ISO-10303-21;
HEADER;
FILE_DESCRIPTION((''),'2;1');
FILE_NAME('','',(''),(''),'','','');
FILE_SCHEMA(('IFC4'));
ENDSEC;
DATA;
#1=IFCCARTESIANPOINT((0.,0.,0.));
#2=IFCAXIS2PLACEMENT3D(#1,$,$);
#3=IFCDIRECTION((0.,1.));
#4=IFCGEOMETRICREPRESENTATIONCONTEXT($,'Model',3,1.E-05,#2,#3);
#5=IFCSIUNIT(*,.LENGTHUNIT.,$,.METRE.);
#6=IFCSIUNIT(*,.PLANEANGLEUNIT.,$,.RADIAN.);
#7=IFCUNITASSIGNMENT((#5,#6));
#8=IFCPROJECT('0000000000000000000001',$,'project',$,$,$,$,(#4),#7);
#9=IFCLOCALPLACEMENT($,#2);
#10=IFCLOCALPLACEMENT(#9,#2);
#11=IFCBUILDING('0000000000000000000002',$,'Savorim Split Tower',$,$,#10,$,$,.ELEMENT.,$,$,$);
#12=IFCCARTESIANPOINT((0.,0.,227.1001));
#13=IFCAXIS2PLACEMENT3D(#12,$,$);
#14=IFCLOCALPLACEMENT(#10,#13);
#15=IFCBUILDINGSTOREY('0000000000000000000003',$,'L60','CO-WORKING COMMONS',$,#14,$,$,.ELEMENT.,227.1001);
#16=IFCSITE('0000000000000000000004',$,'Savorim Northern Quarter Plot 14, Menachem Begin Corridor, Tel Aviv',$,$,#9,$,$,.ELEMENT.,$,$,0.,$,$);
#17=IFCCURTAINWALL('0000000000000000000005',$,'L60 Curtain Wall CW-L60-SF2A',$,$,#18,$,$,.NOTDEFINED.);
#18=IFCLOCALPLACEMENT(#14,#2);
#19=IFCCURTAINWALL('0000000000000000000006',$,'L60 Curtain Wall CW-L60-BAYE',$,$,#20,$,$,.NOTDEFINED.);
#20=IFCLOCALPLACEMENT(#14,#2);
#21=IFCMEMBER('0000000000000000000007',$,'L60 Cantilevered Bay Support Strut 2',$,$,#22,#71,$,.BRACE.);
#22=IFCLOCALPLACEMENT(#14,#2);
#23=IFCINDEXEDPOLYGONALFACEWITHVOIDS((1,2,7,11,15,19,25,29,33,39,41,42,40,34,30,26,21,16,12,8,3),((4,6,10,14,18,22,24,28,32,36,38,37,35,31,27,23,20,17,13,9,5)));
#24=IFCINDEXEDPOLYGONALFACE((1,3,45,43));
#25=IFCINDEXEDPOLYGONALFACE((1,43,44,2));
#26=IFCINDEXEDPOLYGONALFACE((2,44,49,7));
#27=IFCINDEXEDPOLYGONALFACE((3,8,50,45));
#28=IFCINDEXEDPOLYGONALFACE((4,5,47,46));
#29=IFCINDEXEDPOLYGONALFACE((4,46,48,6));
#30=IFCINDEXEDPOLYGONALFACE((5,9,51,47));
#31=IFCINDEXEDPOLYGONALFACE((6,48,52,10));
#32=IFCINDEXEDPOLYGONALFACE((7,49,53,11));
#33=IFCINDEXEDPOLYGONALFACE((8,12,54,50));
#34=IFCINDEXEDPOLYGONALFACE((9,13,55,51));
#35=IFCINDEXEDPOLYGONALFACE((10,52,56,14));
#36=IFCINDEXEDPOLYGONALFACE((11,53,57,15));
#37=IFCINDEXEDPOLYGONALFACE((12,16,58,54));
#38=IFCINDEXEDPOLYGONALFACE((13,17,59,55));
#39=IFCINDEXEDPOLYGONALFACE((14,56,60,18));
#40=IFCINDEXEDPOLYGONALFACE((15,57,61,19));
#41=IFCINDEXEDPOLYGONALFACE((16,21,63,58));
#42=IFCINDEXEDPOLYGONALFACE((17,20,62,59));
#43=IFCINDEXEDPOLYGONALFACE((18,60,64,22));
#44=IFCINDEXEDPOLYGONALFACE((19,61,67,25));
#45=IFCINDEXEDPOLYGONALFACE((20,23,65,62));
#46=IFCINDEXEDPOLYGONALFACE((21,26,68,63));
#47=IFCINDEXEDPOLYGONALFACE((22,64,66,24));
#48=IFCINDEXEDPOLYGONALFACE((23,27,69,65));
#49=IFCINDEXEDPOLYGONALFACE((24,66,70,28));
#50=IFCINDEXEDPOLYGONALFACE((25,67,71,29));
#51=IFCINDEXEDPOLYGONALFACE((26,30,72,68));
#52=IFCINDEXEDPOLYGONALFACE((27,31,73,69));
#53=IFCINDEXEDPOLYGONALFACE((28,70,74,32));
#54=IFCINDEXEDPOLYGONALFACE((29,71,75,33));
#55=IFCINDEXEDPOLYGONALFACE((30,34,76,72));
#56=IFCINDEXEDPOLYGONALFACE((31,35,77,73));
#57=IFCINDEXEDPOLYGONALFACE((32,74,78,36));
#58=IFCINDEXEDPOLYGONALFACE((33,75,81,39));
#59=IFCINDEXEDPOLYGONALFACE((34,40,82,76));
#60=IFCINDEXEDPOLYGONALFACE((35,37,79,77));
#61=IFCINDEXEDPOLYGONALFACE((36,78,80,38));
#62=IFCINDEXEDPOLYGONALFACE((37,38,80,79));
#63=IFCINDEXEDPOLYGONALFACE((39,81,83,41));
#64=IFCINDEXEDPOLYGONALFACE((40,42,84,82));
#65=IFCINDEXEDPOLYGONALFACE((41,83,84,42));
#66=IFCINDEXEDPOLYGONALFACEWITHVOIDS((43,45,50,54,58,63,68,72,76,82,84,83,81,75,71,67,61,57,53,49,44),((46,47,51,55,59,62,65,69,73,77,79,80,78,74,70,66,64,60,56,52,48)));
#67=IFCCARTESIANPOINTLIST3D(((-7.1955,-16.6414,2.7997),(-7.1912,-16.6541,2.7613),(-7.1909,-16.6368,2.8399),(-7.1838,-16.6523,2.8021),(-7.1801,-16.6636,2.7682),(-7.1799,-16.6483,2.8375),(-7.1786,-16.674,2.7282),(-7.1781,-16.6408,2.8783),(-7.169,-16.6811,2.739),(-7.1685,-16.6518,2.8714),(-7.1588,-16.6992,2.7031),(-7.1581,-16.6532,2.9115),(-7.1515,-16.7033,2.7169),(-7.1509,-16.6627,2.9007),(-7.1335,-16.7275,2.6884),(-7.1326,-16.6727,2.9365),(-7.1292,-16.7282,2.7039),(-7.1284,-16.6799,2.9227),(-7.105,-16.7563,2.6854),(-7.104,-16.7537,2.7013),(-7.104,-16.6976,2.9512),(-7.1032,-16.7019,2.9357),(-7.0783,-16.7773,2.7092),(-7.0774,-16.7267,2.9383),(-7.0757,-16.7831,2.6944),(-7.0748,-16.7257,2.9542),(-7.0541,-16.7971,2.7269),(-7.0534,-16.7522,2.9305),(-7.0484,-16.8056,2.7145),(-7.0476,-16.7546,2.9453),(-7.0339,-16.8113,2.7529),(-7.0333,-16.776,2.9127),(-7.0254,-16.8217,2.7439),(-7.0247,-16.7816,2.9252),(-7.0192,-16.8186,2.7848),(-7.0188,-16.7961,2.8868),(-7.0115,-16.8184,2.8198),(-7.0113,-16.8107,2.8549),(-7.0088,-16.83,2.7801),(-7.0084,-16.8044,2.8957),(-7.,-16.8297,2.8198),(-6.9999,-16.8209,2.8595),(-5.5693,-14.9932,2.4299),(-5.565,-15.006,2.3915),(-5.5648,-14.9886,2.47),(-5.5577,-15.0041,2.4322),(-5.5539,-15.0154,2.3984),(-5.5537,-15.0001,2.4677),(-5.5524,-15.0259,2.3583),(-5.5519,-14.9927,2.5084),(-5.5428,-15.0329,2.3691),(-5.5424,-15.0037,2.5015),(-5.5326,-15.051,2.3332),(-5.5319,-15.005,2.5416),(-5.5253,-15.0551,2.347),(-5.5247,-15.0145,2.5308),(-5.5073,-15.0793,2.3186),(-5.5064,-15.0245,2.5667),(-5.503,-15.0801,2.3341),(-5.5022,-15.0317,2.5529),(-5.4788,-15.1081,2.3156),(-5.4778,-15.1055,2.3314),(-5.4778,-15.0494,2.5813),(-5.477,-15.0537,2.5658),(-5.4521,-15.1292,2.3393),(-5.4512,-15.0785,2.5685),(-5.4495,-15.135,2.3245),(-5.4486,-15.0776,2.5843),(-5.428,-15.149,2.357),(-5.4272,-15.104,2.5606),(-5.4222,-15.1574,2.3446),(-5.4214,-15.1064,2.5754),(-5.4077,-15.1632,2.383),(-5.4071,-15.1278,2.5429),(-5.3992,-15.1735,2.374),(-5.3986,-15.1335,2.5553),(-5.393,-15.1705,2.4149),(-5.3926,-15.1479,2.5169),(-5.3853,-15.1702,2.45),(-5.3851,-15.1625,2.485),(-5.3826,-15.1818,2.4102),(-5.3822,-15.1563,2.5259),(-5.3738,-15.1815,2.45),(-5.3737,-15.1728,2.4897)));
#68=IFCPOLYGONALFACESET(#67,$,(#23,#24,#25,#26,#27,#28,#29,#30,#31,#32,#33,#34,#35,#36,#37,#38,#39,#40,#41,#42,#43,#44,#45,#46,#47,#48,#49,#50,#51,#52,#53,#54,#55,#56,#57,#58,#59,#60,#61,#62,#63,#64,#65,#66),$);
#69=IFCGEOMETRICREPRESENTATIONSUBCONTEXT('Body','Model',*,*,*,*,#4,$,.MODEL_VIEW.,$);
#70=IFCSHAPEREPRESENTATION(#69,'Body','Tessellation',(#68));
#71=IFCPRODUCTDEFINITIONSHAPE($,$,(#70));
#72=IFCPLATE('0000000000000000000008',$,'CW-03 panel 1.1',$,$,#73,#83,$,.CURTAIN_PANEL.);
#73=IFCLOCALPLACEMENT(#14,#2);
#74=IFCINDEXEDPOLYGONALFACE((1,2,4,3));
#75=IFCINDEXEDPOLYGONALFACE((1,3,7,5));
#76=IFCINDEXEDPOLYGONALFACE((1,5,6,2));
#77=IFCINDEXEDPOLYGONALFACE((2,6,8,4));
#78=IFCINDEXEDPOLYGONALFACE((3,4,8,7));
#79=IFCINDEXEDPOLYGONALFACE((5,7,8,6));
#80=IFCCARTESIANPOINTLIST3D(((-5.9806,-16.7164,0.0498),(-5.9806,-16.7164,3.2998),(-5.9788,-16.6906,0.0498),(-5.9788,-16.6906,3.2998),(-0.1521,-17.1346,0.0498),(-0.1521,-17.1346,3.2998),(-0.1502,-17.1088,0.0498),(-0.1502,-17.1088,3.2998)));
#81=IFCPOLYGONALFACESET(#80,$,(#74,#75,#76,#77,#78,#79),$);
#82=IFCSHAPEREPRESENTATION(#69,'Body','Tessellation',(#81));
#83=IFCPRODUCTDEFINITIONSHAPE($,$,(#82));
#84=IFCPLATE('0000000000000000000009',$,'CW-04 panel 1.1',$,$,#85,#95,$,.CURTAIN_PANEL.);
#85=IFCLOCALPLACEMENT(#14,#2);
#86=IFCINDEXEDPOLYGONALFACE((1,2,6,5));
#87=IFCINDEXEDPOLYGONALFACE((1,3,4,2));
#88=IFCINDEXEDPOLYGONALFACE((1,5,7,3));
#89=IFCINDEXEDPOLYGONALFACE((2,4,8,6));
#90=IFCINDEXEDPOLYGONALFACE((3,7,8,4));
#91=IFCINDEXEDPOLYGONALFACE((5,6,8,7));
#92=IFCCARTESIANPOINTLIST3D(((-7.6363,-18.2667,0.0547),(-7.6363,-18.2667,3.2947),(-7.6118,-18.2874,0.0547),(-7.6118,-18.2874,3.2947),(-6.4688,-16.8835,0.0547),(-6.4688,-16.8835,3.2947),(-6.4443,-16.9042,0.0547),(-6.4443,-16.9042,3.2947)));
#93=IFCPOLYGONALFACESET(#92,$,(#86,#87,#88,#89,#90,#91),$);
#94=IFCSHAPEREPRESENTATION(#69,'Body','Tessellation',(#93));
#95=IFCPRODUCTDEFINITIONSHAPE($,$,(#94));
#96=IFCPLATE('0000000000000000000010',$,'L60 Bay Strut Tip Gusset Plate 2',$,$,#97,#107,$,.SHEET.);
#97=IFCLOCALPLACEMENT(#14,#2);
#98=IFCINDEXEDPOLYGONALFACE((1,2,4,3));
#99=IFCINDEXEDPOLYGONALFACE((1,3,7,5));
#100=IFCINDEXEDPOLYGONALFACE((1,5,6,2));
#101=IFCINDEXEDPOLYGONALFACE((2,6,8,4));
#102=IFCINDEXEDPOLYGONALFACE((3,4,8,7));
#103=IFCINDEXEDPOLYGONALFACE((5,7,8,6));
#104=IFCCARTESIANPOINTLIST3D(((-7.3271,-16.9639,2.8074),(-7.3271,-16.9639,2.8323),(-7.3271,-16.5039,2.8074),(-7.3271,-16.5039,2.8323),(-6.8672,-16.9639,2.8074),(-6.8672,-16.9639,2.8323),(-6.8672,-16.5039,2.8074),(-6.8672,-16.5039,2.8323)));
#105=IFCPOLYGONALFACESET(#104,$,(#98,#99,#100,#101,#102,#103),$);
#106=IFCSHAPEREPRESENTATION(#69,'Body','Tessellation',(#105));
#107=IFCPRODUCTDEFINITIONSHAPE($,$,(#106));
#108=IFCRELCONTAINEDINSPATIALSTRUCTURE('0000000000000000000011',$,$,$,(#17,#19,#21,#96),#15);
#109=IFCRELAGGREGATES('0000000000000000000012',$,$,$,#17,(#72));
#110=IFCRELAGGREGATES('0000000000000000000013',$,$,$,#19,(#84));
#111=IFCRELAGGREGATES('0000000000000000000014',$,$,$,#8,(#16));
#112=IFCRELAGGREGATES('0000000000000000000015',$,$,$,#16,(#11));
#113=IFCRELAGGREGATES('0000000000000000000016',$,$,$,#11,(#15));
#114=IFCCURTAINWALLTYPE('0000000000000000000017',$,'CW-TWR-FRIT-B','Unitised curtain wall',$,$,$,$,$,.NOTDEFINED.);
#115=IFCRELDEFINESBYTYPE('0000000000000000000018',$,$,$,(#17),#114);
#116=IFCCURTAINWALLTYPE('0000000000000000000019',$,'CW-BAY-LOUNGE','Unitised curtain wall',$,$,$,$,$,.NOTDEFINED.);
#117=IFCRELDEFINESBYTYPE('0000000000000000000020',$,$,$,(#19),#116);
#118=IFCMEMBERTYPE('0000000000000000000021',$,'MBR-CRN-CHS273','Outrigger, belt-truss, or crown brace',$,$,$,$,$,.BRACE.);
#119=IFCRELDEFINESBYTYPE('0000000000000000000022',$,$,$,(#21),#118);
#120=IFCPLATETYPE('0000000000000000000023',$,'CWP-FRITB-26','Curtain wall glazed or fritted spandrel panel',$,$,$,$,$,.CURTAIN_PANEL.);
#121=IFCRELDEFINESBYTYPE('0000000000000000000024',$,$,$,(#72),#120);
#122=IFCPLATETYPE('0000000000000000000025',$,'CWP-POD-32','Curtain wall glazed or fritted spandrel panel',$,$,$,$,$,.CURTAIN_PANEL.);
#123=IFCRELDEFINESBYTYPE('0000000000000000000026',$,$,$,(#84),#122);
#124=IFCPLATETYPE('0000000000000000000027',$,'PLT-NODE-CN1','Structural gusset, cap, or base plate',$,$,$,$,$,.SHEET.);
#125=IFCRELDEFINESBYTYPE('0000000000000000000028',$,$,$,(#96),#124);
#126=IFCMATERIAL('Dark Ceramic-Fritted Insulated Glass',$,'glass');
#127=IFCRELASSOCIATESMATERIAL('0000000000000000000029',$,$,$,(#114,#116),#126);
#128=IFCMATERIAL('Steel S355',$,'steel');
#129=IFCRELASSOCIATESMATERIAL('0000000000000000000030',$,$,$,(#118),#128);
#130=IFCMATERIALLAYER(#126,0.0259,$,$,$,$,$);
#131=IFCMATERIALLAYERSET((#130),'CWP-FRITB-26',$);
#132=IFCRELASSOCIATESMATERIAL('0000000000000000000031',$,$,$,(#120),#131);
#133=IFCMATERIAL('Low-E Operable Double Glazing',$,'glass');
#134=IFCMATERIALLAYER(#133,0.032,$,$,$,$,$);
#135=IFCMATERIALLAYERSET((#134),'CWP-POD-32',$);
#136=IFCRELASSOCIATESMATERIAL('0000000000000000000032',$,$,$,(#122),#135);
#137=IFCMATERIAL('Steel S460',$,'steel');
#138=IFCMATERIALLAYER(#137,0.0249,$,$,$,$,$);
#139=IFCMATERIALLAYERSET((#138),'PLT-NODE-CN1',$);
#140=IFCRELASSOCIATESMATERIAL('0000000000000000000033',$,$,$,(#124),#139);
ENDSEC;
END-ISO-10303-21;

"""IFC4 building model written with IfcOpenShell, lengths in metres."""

from ifc_helpers import new_model, si_unit, direction, frame, origin, origin_2d, place, context, subcontext, project, spatial, rectangle, hollow_circle, extrude, material, layer, layer_set, material_profile, profile_set, type_object, element, aggregate, save


model = new_model("IFC4")

# Units and contexts
model_context = context("Model", 3, precision=1e-05, world=origin(), true_north=direction((0.0, 1.0)))
body_context = subcontext(model_context, "Body", "Model", "MODEL_VIEW")
ifc_project = project(units=[si_unit("LENGTHUNIT", "METRE"), si_unit("PLANEANGLEUNIT", "RADIAN")], contexts=[model_context])

# Site, building, storey
site_placement = place(None, origin())
site = spatial("IfcSite", under=ifc_project, at=site_placement, Name="Savorim Northern Quarter Plot 14, Menachem Begin Corridor, Tel Aviv", CompositionType="ELEMENT", RefElevation=0.0)
building_placement = place(site_placement, origin())
building = spatial("IfcBuilding", under=site, at=building_placement, Name="Savorim Split Tower", CompositionType="ELEMENT")
storey_placement = place(building_placement, frame((0.0, 0.0, 227.1001)))
storey = spatial("IfcBuildingStorey", under=building, at=storey_placement, Name="L60", Description="CO-WORKING COMMONS", CompositionType="ELEMENT", Elevation=227.1001)

# Shared definitions
ifc_material_1 = material(Name="Steel S355", Category="steel")

# Curtain wall
ifc_material_2 = material(Name="Dark Ceramic-Fritted Insulated Glass", Category="glass")
curtain_wall_type_1 = type_object("IfcCurtainWallType", Name="CW-TWR-FRIT-B", Description="Unitised curtain wall", PredefinedType="NOTDEFINED", material=ifc_material_2)
curtain_wall_1_placement = place(storey_placement, origin())
curtain_wall_1 = element("IfcCurtainWall", 1, at=curtain_wall_1_placement, inside=storey, type_object=curtain_wall_type_1, Name="L60 Curtain Wall CW-L60-SF2A", PredefinedType="NOTDEFINED")

# Shared definitions
curtain_wall_type_2 = type_object("IfcCurtainWallType", Name="CW-BAY-LOUNGE", Description="Unitised curtain wall", PredefinedType="NOTDEFINED", material=ifc_material_2)

# Curtain wall
curtain_wall_2_placement = place(storey_placement, origin())
curtain_wall_2 = element("IfcCurtainWall", 2, at=curtain_wall_2_placement, inside=storey, type_object=curtain_wall_type_2, Name="L60 Curtain Wall CW-L60-BAYE", PredefinedType="NOTDEFINED")

# Member
ifc_material_profile_1 = material_profile(ifc_material_1, hollow_circle(Radius=0.1365, WallThickness=0.0161, at=origin_2d()), Name="CHS 273x16")
ifc_profile_set_1 = profile_set([ifc_material_profile_1], Name="Steel S355")
member_type_1 = type_object("IfcMemberType", Name="MBR-CRN-CHS273", Description="Outrigger, belt-truss, or crown brace", PredefinedType="BRACE", material=ifc_profile_set_1)
member_1_placement = place(storey_placement, frame((-5.4709, -15.0857, 2.45), z_axis=(-0.693553, -0.702924, 0.157744), x_axis=(0.711836, -0.702346, 0.0)))
element("IfcMember", 3, at=member_1_placement, inside=storey, type_object=member_type_1, Name="L60 Cantilevered Bay Support Strut 2", PredefinedType="BRACE", context=body_context, shape_type="SweptSolid", body=[
    extrude(hollow_circle(Radius=0.1365, WallThickness=0.0161, at=origin_2d()), origin(), (0.0, 0.0, 1.0), 2.3447),
])

# Plates
ifc_layer_1 = layer(ifc_material_2, 0.0259)
ifc_layer_set_1 = layer_set([ifc_layer_1], Name="CWP-FRITB-26")
plate_type_1 = type_object("IfcPlateType", Name="CWP-FRITB-26", Description="Curtain wall glazed or fritted spandrel panel", PredefinedType="CURTAIN_PANEL", material=ifc_layer_set_1)
plate_1_placement = place(storey_placement, frame((-3.0654, -16.9126, 0.0498), z_axis=(0.0, 0.0, 1.0), x_axis=(0.997436, -0.071568, 0.0)))
plate_1 = element("IfcPlate", 4, at=plate_1_placement, type_object=plate_type_1, Name="CW-03 panel 1.1", PredefinedType="CURTAIN_PANEL", context=body_context, shape_type="SweptSolid", body=[
    extrude(rectangle(XDim=5.8435, YDim=0.0259, at=origin_2d()), origin(), (0.0, 0.0, 1.0), 3.25),
])
aggregate(curtain_wall_1, [plate_1])
ifc_material_3 = material(Name="Low-E Operable Double Glazing", Category="glass")
ifc_layer_2 = layer(ifc_material_3, 0.032)
ifc_layer_set_2 = layer_set([ifc_layer_2], Name="CWP-POD-32")
plate_type_2 = type_object("IfcPlateType", Name="CWP-POD-32", Description="Curtain wall glazed or fritted spandrel panel", PredefinedType="CURTAIN_PANEL", material=ifc_layer_set_2)
plate_2_placement = place(storey_placement, frame((-7.0403, -17.5854, 0.0547), z_axis=(0.0, 0.0, 1.0), x_axis=(0.645008, 0.764176, 0.0)))
plate_2 = element("IfcPlate", 5, at=plate_2_placement, type_object=plate_type_2, Name="CW-04 panel 1.1", PredefinedType="CURTAIN_PANEL", context=body_context, shape_type="SweptSolid", body=[
    extrude(rectangle(XDim=1.8101, YDim=0.032, at=origin_2d()), origin(), (0.0, 0.0, 1.0), 3.24),
])
aggregate(curtain_wall_2, [plate_2])
ifc_material_4 = material(Name="Steel S460", Category="steel")
ifc_layer_3 = layer(ifc_material_4, 0.0249)
ifc_layer_set_3 = layer_set([ifc_layer_3], Name="PLT-NODE-CN1")
plate_type_3 = type_object("IfcPlateType", Name="PLT-NODE-CN1", Description="Structural gusset, cap, or base plate", PredefinedType="SHEET", material=ifc_layer_set_3)
plate_3_placement = place(storey_placement, frame((-7.0972, -16.7339, 2.8074), z_axis=(0.0, 0.0, 1.0), x_axis=(1.0, 0.0, 0.0)))
element("IfcPlate", 6, at=plate_3_placement, inside=storey, type_object=plate_type_3, Name="L60 Bay Strut Tip Gusset Plate 2", PredefinedType="SHEET", context=body_context, shape_type="SweptSolid", body=[
    extrude(rectangle(XDim=0.46, YDim=0.46, at=origin_2d()), origin(), (0.0, 0.0, 1.0), 0.0249),
])

save(model, "model.ifc")
